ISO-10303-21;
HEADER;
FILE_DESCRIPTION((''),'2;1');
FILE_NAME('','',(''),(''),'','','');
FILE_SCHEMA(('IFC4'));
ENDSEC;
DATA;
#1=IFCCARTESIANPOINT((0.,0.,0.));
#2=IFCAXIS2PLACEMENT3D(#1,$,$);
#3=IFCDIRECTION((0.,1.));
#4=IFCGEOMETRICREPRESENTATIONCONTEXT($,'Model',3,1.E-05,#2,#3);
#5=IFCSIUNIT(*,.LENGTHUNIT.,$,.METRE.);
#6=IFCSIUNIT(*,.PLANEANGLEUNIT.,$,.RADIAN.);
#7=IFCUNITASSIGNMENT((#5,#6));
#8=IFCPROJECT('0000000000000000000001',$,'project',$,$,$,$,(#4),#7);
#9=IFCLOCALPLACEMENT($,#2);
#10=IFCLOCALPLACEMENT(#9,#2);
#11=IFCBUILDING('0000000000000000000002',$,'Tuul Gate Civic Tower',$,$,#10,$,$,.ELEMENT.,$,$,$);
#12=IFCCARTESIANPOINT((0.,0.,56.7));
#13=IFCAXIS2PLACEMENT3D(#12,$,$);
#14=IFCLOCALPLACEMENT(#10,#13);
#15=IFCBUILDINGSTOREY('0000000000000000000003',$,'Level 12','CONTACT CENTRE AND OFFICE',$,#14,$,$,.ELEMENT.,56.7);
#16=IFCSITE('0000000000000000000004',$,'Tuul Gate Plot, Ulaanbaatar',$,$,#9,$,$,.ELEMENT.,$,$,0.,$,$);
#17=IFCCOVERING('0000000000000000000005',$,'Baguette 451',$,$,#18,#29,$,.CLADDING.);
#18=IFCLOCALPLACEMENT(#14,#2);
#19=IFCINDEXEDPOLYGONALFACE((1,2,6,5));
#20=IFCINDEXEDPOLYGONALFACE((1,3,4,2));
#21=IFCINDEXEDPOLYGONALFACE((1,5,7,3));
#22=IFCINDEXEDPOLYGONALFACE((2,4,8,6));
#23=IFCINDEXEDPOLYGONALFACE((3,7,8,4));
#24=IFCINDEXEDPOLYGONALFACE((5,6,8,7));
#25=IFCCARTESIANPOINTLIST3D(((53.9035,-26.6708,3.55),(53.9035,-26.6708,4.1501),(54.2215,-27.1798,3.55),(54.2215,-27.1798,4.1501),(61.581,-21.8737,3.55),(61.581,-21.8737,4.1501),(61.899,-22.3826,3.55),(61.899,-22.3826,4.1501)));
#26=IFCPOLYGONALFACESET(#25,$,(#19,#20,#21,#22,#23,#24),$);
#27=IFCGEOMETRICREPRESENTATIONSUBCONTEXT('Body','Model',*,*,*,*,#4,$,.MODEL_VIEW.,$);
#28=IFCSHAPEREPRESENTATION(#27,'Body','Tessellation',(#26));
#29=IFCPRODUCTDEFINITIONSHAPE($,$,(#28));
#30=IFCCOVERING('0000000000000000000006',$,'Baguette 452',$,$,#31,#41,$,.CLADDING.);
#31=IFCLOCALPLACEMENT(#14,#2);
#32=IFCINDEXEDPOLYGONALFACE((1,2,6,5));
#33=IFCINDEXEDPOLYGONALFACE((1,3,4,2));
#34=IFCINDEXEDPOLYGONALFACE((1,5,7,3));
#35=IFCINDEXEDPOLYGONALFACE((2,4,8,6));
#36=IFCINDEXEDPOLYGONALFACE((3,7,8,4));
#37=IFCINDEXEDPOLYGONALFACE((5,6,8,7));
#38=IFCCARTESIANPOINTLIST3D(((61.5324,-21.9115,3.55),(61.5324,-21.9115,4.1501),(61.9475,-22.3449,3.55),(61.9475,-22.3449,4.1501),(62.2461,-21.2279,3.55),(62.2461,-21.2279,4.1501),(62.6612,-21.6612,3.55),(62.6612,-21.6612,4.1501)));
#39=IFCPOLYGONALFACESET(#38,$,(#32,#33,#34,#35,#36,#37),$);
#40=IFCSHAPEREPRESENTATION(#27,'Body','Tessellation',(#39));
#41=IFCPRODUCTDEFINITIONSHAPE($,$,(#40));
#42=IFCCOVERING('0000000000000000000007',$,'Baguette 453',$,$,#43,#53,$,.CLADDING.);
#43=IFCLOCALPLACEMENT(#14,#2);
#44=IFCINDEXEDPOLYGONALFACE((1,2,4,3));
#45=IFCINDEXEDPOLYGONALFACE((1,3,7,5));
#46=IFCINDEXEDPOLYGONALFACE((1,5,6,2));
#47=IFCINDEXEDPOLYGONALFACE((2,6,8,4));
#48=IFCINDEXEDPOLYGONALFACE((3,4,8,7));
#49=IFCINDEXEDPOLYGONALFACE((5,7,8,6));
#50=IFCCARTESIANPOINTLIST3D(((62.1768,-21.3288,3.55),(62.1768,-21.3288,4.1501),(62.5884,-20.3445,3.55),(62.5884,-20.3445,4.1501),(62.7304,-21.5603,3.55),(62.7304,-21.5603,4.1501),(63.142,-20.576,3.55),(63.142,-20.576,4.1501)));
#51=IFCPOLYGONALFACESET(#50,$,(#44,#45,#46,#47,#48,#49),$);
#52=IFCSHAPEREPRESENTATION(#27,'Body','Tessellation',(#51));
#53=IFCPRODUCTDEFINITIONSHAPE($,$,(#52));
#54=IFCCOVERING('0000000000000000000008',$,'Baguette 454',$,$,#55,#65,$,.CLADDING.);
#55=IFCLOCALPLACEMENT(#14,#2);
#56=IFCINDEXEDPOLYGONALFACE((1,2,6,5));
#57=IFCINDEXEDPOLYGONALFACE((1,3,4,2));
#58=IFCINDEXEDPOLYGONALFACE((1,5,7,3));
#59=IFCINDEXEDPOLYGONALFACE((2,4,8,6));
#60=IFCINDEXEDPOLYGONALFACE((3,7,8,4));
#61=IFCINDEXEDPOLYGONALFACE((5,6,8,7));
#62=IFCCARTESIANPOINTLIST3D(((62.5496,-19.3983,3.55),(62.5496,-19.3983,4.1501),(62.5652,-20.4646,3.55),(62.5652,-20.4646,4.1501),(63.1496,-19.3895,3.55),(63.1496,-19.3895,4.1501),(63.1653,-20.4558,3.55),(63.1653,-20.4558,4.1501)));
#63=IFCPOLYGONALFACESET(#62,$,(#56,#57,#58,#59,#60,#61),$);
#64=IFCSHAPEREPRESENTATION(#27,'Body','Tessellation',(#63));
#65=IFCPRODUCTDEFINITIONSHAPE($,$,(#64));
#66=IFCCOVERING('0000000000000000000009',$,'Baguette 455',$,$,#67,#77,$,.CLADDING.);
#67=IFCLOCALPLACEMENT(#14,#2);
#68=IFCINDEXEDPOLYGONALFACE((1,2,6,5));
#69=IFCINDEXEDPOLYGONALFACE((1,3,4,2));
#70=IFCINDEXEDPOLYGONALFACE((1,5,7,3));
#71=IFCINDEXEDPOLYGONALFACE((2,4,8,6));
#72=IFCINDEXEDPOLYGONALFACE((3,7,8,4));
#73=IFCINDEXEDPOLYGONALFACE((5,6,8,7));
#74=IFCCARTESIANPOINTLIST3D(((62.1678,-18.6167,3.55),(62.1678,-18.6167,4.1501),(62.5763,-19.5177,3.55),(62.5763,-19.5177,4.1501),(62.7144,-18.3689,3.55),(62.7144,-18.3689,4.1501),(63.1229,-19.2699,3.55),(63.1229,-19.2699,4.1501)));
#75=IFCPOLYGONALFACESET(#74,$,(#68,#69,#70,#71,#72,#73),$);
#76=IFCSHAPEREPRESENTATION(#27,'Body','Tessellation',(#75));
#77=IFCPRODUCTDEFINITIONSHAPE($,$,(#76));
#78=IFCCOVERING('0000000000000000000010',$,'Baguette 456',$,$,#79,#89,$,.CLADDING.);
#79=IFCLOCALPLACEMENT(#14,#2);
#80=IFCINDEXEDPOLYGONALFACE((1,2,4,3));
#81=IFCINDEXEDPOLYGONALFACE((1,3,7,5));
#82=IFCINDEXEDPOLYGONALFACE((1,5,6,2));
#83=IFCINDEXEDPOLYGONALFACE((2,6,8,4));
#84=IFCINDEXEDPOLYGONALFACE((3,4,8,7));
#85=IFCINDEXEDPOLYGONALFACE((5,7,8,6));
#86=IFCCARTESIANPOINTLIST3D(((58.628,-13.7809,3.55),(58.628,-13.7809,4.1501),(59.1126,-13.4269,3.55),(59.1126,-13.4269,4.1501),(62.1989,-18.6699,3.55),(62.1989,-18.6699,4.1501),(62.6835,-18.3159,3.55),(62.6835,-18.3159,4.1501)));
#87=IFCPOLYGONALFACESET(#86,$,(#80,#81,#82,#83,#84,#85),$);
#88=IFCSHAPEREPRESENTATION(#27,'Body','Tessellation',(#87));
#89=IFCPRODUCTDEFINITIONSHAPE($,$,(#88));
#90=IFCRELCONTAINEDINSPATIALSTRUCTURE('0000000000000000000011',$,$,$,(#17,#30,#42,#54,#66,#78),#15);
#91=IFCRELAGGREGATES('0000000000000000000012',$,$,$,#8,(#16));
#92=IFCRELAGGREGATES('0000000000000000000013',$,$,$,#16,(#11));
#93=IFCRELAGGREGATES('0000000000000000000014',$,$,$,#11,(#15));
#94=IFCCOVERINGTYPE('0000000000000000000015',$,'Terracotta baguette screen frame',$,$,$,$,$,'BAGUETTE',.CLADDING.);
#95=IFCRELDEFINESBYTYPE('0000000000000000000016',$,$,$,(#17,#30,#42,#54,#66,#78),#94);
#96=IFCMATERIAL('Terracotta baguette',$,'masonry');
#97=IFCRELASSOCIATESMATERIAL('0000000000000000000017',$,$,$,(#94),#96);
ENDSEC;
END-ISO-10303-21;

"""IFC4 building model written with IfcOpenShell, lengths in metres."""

from ifc_helpers import new_model, si_unit, direction, frame, origin, origin_2d, place, context, subcontext, project, spatial, rectangle, extrude, material, material_profile, profile_set, type_object, element, save


model = new_model("IFC4")

# Units and contexts
model_context = context("Model", 3, precision=1e-05, world=origin(), true_north=direction((0.0, 1.0)))
body_context = subcontext(model_context, "Body", "Model", "MODEL_VIEW")
ifc_project = project(units=[si_unit("LENGTHUNIT", "METRE"), si_unit("PLANEANGLEUNIT", "RADIAN")], contexts=[model_context])

# Site, building, storey
site_placement = place(None, origin())
site = spatial("IfcSite", under=ifc_project, at=site_placement, Name="Tuul Gate Plot, Ulaanbaatar", CompositionType="ELEMENT", RefElevation=0.0)
building_placement = place(site_placement, origin())
building = spatial("IfcBuilding", under=site, at=building_placement, Name="Tuul Gate Civic Tower", CompositionType="ELEMENT")
storey_placement = place(building_placement, frame((0.0, 0.0, 56.7)))
storey = spatial("IfcBuildingStorey", under=building, at=storey_placement, Name="Level 12", Description="CONTACT CENTRE AND OFFICE", CompositionType="ELEMENT", Elevation=56.7)

# Coverings
ifc_material_1 = material(Name="Terracotta baguette", Category="masonry")
ifc_material_profile_1 = material_profile(ifc_material_1, rectangle(XDim=0.6001, YDim=0.6001, at=origin_2d()), Name="Terracotta baguette screen frame")
ifc_profile_set_1 = profile_set([ifc_material_profile_1], Name="Terracotta baguette")
covering_type = type_object("IfcCoveringType", Name="Terracotta baguette screen frame", ElementType="BAGUETTE", PredefinedType="CLADDING", material=ifc_profile_set_1)
covering_1_placement = place(storey_placement, frame((54.0625, -26.9253, 3.8501), z_axis=(0.848063, 0.529895, 0.0), x_axis=(-0.529895, 0.848063, 0.0)))
element("IfcCovering", 1, at=covering_1_placement, inside=storey, type_object=covering_type, Name="Baguette 451", PredefinedType="CLADDING", context=body_context, shape_type="SweptSolid", body=[
    extrude(rectangle(XDim=0.6001, YDim=0.6001, at=origin_2d()), origin(), (0.0, 0.0, 1.0), 9.053),
])
covering_2_placement = place(storey_placement, frame((61.74, -22.1282, 3.8501), z_axis=(0.722137, 0.69175, 0.0), x_axis=(-0.69175, 0.722137, 0.0)))
element("IfcCovering", 2, at=covering_2_placement, inside=storey, type_object=covering_type, Name="Baguette 452", PredefinedType="CLADDING", context=body_context, shape_type="SweptSolid", body=[
    extrude(rectangle(XDim=0.6001, YDim=0.6001, at=origin_2d()), origin(), (0.0, 0.0, 1.0), 0.9883),
])
covering_3_placement = place(storey_placement, frame((62.4536, -21.4446, 3.8501), z_axis=(0.385785, 0.922589, 0.0), x_axis=(-0.922589, 0.385785, 0.0)))
element("IfcCovering", 3, at=covering_3_placement, inside=storey, type_object=covering_type, Name="Baguette 453", PredefinedType="CLADDING", context=body_context, shape_type="SweptSolid", body=[
    extrude(rectangle(XDim=0.6001, YDim=0.6001, at=origin_2d()), origin(), (0.0, 0.0, 1.0), 1.0669),
])
covering_4_placement = place(storey_placement, frame((62.8652, -20.4602, 3.8501), z_axis=(-0.01465, 0.999893, 0.0), x_axis=(-0.999893, -0.01465, 0.0)))
element("IfcCovering", 4, at=covering_4_placement, inside=storey, type_object=covering_type, Name="Baguette 454", PredefinedType="CLADDING", context=body_context, shape_type="SweptSolid", body=[
    extrude(rectangle(XDim=0.6001, YDim=0.6001, at=origin_2d()), origin(), (0.0, 0.0, 1.0), 1.0664),
])
covering_5_placement = place(storey_placement, frame((62.8496, -19.3938, 3.8501), z_axis=(-0.412929, 0.910763, 0.0), x_axis=(-0.910763, -0.412929, 0.0)))
element("IfcCovering", 5, at=covering_5_placement, inside=storey, type_object=covering_type, Name="Baguette 455", PredefinedType="CLADDING", context=body_context, shape_type="SweptSolid", body=[
    extrude(rectangle(XDim=0.6001, YDim=0.6001, at=origin_2d()), origin(), (0.0, 0.0, 1.0), 0.9893),
])
covering_6_placement = place(storey_placement, frame((62.4412, -18.4929, 3.8501), z_axis=(-0.589815, 0.807538, 0.0), x_axis=(-0.807538, -0.589815, 0.0)))
element("IfcCovering", 6, at=covering_6_placement, inside=storey, type_object=covering_type, Name="Baguette 456", PredefinedType="CLADDING", context=body_context, shape_type="SweptSolid", body=[
    extrude(rectangle(XDim=0.6001, YDim=0.6001, at=origin_2d()), origin(), (0.0, 0.0, 1.0), 6.0542),
])

save(model, "model.ifc")
